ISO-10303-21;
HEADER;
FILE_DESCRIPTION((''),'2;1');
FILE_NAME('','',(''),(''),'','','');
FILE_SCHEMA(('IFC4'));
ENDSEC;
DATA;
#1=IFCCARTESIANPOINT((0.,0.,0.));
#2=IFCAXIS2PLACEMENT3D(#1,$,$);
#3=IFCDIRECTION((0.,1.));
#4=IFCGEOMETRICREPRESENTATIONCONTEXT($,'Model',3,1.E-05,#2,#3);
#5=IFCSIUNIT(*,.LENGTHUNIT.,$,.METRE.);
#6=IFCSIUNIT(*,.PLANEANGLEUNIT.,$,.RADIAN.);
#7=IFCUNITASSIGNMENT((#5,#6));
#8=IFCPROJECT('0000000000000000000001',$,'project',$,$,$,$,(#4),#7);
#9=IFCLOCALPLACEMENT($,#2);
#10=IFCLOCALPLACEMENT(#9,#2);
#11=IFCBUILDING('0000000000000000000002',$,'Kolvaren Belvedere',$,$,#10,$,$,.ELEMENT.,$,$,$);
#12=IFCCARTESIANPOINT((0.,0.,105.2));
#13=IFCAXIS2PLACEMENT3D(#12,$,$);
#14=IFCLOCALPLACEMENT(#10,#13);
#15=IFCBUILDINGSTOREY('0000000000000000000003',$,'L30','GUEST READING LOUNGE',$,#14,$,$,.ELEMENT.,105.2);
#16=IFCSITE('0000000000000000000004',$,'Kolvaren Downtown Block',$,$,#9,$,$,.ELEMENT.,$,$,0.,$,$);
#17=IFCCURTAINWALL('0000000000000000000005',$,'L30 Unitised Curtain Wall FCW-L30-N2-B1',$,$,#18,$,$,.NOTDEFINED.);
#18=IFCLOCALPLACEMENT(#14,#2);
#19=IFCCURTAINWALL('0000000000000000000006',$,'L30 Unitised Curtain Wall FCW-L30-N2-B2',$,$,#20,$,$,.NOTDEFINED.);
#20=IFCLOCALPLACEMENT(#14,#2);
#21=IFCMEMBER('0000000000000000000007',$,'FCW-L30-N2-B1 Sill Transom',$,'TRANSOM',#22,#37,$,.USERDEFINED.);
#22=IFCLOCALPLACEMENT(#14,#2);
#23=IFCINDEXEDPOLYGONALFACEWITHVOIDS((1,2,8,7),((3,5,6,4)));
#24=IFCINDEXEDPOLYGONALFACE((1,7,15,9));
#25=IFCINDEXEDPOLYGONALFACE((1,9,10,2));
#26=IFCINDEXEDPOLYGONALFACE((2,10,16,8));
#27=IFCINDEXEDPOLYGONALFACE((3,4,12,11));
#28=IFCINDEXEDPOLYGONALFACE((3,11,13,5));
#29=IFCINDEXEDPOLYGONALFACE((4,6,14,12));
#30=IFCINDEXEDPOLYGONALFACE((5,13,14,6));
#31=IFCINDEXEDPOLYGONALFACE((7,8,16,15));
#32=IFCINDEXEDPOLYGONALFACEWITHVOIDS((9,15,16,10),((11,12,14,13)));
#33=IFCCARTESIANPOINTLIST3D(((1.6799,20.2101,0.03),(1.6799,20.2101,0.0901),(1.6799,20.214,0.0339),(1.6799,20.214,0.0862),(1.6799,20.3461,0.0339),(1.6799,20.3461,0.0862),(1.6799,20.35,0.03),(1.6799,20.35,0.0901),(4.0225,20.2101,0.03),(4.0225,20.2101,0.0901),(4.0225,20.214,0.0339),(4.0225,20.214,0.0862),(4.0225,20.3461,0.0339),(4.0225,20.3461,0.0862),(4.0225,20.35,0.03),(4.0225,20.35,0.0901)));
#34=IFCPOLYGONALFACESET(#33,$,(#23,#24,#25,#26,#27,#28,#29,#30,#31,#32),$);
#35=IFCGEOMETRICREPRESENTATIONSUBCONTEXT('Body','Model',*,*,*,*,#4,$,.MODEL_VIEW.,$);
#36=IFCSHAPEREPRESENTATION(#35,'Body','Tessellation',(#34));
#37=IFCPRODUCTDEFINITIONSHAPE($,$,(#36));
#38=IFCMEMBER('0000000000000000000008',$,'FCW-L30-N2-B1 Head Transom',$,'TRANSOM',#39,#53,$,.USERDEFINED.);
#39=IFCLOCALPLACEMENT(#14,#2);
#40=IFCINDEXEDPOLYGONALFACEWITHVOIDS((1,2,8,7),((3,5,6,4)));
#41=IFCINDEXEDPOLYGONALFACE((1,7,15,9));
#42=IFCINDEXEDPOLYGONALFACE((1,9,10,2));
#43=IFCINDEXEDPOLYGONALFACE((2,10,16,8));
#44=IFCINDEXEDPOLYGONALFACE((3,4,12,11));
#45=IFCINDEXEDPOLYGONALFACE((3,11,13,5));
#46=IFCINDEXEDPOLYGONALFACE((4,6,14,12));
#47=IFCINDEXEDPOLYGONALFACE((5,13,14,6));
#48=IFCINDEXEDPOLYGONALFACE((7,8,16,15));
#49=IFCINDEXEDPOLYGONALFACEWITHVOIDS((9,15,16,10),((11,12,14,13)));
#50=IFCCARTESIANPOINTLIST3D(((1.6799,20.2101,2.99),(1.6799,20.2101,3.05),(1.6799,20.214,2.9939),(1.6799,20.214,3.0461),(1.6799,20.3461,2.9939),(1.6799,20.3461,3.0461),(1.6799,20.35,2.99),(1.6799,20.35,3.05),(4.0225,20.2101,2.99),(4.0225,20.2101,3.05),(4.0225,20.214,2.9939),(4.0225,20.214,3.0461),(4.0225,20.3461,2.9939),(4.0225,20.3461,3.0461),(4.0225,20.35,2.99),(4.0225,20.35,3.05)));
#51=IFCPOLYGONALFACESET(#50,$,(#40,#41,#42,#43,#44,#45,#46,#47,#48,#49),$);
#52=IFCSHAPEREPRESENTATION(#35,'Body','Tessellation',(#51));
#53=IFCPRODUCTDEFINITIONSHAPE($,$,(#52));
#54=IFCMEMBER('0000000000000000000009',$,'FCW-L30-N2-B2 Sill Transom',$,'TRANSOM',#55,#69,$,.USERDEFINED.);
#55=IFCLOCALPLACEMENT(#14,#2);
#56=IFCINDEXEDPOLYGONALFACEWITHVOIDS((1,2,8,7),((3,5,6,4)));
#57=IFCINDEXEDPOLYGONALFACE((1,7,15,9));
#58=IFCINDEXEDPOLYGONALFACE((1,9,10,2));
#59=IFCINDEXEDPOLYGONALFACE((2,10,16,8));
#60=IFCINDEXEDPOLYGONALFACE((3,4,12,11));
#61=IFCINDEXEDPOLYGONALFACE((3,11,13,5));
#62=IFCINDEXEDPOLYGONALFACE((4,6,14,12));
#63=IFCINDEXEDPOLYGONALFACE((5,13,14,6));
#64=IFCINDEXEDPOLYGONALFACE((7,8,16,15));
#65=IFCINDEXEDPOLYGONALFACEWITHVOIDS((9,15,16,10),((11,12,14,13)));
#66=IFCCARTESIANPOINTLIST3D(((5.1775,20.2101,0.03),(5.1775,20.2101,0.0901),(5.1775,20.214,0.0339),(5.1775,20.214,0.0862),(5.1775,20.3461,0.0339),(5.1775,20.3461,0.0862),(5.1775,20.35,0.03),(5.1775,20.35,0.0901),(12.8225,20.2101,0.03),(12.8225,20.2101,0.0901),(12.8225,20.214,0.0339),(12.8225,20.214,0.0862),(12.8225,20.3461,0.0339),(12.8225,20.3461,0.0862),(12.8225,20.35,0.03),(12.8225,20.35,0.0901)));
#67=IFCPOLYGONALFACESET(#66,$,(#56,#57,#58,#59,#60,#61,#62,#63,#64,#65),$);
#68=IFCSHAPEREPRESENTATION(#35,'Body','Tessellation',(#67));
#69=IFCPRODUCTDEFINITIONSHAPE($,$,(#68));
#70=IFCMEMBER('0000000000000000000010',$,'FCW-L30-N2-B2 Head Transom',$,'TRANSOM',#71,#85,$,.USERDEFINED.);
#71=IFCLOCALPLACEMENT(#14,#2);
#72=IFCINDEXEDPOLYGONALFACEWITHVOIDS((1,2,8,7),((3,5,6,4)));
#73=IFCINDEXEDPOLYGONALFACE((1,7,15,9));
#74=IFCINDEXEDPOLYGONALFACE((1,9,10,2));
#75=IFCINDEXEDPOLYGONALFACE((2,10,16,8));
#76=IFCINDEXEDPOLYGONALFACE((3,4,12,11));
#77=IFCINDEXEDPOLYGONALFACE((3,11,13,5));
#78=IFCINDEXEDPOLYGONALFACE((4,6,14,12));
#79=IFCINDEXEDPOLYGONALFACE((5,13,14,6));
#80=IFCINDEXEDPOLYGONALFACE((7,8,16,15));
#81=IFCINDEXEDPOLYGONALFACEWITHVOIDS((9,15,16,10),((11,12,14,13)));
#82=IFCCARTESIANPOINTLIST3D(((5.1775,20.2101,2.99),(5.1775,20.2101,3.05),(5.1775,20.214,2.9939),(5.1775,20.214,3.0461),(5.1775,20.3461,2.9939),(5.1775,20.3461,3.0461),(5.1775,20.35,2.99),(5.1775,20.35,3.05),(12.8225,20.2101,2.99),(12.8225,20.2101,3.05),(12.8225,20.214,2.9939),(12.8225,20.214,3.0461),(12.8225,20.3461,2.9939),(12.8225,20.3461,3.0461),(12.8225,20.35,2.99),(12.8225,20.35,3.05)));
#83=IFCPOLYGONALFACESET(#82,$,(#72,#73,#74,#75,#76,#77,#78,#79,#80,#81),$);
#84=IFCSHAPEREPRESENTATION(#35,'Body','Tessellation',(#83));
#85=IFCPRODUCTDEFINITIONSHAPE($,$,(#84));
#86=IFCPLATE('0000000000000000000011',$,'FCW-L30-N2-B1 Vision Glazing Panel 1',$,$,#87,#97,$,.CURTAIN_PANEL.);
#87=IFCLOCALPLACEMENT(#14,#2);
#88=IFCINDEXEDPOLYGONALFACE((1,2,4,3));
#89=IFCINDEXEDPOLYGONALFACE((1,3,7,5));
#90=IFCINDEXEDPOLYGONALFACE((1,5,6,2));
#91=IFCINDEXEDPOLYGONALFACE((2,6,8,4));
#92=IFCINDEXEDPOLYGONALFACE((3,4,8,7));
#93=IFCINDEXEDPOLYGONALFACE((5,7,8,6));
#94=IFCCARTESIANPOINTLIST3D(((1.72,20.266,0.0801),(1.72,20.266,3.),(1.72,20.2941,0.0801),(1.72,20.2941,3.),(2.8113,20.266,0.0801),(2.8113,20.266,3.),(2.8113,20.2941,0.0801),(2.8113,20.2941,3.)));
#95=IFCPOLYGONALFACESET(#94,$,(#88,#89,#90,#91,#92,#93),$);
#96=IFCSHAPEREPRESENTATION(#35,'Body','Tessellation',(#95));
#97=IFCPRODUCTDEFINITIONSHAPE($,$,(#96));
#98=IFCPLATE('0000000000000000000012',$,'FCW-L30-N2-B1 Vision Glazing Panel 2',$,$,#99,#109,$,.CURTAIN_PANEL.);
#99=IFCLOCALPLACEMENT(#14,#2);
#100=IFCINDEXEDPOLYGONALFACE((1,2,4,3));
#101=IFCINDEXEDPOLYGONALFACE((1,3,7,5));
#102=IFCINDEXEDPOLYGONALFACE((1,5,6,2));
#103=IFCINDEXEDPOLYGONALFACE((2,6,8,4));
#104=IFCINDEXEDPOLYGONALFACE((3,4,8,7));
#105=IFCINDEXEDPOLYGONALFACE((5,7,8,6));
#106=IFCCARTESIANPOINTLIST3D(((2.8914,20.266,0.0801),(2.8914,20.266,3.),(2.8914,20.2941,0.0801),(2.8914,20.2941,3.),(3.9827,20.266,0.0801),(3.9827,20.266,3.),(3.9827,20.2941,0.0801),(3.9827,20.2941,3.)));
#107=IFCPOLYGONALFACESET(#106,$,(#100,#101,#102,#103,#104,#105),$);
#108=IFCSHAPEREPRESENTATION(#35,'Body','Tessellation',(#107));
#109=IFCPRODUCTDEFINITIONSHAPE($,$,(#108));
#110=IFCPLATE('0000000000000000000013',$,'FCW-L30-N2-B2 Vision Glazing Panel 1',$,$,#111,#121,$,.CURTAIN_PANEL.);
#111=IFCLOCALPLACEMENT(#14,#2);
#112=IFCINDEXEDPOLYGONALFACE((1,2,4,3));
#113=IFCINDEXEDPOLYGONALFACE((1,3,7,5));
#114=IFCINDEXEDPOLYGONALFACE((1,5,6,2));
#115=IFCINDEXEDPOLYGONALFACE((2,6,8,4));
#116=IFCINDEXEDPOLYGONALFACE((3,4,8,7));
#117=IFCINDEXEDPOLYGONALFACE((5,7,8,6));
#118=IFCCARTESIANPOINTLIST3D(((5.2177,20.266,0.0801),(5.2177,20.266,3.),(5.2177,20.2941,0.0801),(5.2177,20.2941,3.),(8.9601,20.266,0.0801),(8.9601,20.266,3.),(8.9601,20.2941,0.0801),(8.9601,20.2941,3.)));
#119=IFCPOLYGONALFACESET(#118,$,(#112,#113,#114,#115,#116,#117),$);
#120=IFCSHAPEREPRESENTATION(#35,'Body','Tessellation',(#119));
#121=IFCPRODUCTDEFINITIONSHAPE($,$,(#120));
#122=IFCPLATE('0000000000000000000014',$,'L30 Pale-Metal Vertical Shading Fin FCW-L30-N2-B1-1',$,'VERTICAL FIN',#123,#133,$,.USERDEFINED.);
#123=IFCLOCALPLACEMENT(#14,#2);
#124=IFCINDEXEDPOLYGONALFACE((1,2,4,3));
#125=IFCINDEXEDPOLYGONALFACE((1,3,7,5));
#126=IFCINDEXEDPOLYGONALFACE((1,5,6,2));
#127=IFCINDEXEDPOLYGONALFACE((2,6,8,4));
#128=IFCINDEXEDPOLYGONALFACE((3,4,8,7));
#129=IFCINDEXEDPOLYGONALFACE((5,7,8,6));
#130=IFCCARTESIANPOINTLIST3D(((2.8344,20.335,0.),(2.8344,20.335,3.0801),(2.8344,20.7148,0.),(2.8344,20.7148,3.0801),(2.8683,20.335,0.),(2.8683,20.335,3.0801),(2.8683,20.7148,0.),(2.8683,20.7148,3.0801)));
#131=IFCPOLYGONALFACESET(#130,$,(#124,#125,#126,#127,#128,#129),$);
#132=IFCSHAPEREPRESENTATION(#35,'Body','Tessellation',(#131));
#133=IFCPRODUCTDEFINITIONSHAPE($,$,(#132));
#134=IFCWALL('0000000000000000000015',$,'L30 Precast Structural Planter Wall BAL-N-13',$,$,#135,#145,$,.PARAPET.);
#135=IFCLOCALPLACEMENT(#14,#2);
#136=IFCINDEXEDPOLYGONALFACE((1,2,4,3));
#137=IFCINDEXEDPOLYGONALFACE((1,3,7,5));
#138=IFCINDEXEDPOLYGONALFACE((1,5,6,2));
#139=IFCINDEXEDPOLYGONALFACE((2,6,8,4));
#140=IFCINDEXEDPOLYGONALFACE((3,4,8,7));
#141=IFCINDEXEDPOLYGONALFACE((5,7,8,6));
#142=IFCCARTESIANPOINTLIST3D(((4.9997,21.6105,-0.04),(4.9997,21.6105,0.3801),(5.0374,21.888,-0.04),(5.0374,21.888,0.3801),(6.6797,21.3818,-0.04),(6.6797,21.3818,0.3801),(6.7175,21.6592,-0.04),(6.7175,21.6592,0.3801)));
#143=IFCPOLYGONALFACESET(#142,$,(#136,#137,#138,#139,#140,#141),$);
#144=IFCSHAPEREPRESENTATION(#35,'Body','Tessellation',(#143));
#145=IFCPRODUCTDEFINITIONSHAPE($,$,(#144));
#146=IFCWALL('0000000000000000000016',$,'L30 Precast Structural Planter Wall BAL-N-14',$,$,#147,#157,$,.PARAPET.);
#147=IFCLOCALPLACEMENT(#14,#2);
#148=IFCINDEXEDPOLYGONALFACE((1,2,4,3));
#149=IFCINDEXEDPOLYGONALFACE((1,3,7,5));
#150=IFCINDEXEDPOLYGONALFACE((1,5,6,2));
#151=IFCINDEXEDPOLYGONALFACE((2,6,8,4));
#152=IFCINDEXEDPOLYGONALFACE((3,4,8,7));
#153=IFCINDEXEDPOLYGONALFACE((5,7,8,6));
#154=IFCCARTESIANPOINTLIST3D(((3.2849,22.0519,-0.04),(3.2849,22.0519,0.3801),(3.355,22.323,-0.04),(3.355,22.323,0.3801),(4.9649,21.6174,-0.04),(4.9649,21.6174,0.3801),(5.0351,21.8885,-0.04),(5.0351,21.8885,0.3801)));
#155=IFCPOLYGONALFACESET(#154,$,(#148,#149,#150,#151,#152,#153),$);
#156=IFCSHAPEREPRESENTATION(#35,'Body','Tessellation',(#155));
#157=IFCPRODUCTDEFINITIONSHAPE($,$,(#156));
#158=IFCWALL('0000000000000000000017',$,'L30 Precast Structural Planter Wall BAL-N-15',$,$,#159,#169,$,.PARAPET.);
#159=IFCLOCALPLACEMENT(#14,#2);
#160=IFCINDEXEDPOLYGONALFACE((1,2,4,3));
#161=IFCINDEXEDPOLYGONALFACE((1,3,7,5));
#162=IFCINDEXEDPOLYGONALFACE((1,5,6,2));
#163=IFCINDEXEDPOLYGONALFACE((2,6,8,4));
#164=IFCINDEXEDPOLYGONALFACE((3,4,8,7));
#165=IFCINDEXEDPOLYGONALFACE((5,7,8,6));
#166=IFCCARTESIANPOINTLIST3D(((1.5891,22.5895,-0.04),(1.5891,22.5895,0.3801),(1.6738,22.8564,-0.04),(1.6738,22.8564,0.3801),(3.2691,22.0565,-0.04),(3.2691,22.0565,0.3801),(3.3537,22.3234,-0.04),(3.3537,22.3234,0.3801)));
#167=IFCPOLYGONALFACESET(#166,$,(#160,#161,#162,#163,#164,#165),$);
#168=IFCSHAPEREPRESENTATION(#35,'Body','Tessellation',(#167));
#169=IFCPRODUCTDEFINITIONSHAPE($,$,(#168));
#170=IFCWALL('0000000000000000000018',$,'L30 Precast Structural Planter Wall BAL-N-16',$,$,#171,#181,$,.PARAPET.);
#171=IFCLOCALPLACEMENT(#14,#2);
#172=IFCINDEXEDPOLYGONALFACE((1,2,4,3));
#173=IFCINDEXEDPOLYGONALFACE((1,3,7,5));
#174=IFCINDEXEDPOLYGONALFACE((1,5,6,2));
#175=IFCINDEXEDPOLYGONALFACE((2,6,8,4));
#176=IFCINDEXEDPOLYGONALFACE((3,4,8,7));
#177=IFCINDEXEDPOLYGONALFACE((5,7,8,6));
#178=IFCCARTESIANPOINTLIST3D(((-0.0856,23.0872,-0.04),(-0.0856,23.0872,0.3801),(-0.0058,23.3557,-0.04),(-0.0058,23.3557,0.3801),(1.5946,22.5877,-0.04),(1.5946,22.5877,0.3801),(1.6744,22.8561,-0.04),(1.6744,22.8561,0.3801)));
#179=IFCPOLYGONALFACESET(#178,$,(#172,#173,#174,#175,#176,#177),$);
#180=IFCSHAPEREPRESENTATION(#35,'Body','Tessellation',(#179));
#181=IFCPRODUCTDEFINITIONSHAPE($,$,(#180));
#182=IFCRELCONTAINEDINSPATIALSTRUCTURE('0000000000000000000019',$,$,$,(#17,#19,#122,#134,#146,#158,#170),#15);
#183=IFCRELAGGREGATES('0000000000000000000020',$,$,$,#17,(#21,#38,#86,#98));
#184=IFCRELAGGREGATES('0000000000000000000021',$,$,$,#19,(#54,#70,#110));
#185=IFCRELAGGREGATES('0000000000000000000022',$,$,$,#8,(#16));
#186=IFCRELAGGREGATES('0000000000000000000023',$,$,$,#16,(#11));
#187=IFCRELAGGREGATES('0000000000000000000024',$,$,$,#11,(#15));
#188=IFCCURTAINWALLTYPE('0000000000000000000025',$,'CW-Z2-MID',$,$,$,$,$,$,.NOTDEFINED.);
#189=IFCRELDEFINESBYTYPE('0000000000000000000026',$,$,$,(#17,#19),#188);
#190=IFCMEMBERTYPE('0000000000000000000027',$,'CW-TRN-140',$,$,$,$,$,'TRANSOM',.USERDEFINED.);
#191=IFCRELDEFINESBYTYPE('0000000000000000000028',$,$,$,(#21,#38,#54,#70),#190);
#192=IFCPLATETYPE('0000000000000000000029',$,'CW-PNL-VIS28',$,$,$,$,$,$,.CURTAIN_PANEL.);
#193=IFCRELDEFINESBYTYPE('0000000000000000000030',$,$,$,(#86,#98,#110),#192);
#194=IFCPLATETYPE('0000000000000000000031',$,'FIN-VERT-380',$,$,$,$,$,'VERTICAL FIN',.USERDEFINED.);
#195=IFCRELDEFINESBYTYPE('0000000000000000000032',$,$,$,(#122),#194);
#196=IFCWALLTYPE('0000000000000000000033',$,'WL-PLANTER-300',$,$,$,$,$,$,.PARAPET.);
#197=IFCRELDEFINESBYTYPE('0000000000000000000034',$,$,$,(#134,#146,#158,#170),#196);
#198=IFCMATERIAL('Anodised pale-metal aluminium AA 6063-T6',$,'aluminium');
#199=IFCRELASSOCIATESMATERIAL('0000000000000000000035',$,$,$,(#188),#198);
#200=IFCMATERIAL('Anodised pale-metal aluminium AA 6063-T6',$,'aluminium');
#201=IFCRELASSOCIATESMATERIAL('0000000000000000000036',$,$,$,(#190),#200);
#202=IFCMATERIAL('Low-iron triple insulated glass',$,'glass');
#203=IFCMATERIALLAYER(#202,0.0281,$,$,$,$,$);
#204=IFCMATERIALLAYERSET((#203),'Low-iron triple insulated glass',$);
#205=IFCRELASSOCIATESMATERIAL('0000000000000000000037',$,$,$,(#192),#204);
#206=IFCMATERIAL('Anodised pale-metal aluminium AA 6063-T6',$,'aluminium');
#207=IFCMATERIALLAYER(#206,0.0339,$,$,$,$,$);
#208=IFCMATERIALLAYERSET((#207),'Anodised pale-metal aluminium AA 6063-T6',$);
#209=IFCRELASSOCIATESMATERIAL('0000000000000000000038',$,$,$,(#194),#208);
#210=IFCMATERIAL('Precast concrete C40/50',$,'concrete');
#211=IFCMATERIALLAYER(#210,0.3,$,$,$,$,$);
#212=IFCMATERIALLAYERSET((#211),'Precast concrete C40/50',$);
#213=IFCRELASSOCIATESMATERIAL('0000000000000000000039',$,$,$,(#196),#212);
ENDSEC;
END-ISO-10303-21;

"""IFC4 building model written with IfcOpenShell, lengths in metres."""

from ifc_helpers import new_model, si_unit, direction, frame, frame_2d, origin, origin_2d, place, context, subcontext, project, spatial, rectangle, hollow_rectangle, extrude, material, layer, layer_set, material_profile, profile_set, type_object, element, aggregate, save


model = new_model("IFC4")

# Units and contexts
model_context = context("Model", 3, precision=1e-05, world=origin(), true_north=direction((0.0, 1.0)))
body_context = subcontext(model_context, "Body", "Model", "MODEL_VIEW")
ifc_project = project(units=[si_unit("LENGTHUNIT", "METRE"), si_unit("PLANEANGLEUNIT", "RADIAN")], contexts=[model_context])

# Site, building, storey
site_placement = place(None, origin())
site = spatial("IfcSite", under=ifc_project, at=site_placement, Name="Kolvaren Downtown Block", CompositionType="ELEMENT", RefElevation=0.0)
building_placement = place(site_placement, origin())
building = spatial("IfcBuilding", under=site, at=building_placement, Name="Kolvaren Belvedere", CompositionType="ELEMENT")
storey_placement = place(building_placement, frame((0.0, 0.0, 105.2)))
storey = spatial("IfcBuildingStorey", under=building, at=storey_placement, Name="L30", Description="GUEST READING LOUNGE", CompositionType="ELEMENT", Elevation=105.2)

# Curtain wall
ifc_material_1 = material(Name="Anodised pale-metal aluminium AA 6063-T6", Category="aluminium")
curtain_wall_type = type_object("IfcCurtainWallType", Name="CW-Z2-MID", PredefinedType="NOTDEFINED", material=ifc_material_1)
curtain_wall_1_placement = place(storey_placement, origin())
curtain_wall_1 = element("IfcCurtainWall", 1, at=curtain_wall_1_placement, inside=storey, type_object=curtain_wall_type, Name="L30 Unitised Curtain Wall FCW-L30-N2-B1", PredefinedType="NOTDEFINED")

# Curtain wall
curtain_wall_2_placement = place(storey_placement, origin())
curtain_wall_2 = element("IfcCurtainWall", 2, at=curtain_wall_2_placement, inside=storey, type_object=curtain_wall_type, Name="L30 Unitised Curtain Wall FCW-L30-N2-B2", PredefinedType="NOTDEFINED")

# Members
ifc_material_2 = material(Name="Anodised pale-metal aluminium AA 6063-T6", Category="aluminium")
ifc_material_profile_1 = material_profile(ifc_material_2, hollow_rectangle(XDim=0.0601, YDim=0.1399, WallThickness=0.0039, at=origin_2d()), Name="ALU-TRN-140X60")
ifc_profile_set_1 = profile_set([ifc_material_profile_1], Name="Anodised pale-metal aluminium AA 6063-T6")
member_type_1 = type_object("IfcMemberType", Name="CW-TRN-140", ElementType="TRANSOM", PredefinedType="USERDEFINED", material=ifc_profile_set_1)
member_1_placement = place(storey_placement, frame((1.6799, 20.28, 0.0601), z_axis=(1.0, 0.0, 0.0), x_axis=(0.0, 0.0, 1.0)))
member_1 = element("IfcMember", 3, at=member_1_placement, type_object=member_type_1, Name="FCW-L30-N2-B1 Sill Transom", ObjectType="TRANSOM", PredefinedType="USERDEFINED", context=body_context, shape_type="SweptSolid", body=[
    extrude(hollow_rectangle(XDim=0.0601, YDim=0.1399, WallThickness=0.0039, at=origin_2d()), origin(), (0.0, 0.0, 1.0), 2.3425),
])
member_2_placement = place(storey_placement, frame((1.6799, 20.28, 3.02), z_axis=(1.0, 0.0, 0.0), x_axis=(0.0, 0.0, 1.0)))
member_2 = element("IfcMember", 4, at=member_2_placement, type_object=member_type_1, Name="FCW-L30-N2-B1 Head Transom", ObjectType="TRANSOM", PredefinedType="USERDEFINED", context=body_context, shape_type="SweptSolid", body=[
    extrude(hollow_rectangle(XDim=0.0601, YDim=0.1399, WallThickness=0.0039, at=origin_2d()), origin(), (0.0, 0.0, 1.0), 2.3425),
])
member_3_placement = place(storey_placement, frame((5.1775, 20.28, 0.0601), z_axis=(1.0, 0.0, 0.0), x_axis=(0.0, 0.0, 1.0)))
member_3 = element("IfcMember", 5, at=member_3_placement, type_object=member_type_1, Name="FCW-L30-N2-B2 Sill Transom", ObjectType="TRANSOM", PredefinedType="USERDEFINED", context=body_context, shape_type="SweptSolid", body=[
    extrude(hollow_rectangle(XDim=0.0601, YDim=0.1399, WallThickness=0.0039, at=origin_2d()), origin(), (0.0, 0.0, 1.0), 7.645),
])
member_4_placement = place(storey_placement, frame((5.1775, 20.28, 3.02), z_axis=(1.0, 0.0, 0.0), x_axis=(0.0, 0.0, 1.0)))
member_4 = element("IfcMember", 6, at=member_4_placement, type_object=member_type_1, Name="FCW-L30-N2-B2 Head Transom", ObjectType="TRANSOM", PredefinedType="USERDEFINED", context=body_context, shape_type="SweptSolid", body=[
    extrude(hollow_rectangle(XDim=0.0601, YDim=0.1399, WallThickness=0.0039, at=origin_2d()), origin(), (0.0, 0.0, 1.0), 7.645),
])

# Plates
ifc_material_3 = material(Name="Low-iron triple insulated glass", Category="glass")
ifc_layer_1 = layer(ifc_material_3, 0.0281)
ifc_layer_set_1 = layer_set([ifc_layer_1], Name="Low-iron triple insulated glass")
plate_type_1 = type_object("IfcPlateType", Name="CW-PNL-VIS28", PredefinedType="CURTAIN_PANEL", material=ifc_layer_set_1)
plate_1_placement = place(storey_placement, frame((2.2656, 20.28, 0.0801), z_axis=(0.0, 0.0, 1.0), x_axis=(1.0, 0.0, 0.0)))
plate_1 = element("IfcPlate", 7, at=plate_1_placement, type_object=plate_type_1, Name="FCW-L30-N2-B1 Vision Glazing Panel 1", PredefinedType="CURTAIN_PANEL", context=body_context, shape_type="SweptSolid", body=[
    extrude(rectangle(XDim=1.0913, YDim=0.0281, at=origin_2d()), origin(), (0.0, 0.0, 1.0), 2.9199),
])
plate_2_placement = place(storey_placement, frame((3.437, 20.28, 0.0801), z_axis=(0.0, 0.0, 1.0), x_axis=(1.0, 0.0, 0.0)))
plate_2 = element("IfcPlate", 8, at=plate_2_placement, type_object=plate_type_1, Name="FCW-L30-N2-B1 Vision Glazing Panel 2", PredefinedType="CURTAIN_PANEL", context=body_context, shape_type="SweptSolid", body=[
    extrude(rectangle(XDim=1.0913, YDim=0.0281, at=origin_2d()), origin(), (0.0, 0.0, 1.0), 2.9199),
])
aggregate(curtain_wall_1, [member_1, member_2, plate_1, plate_2])
plate_3_placement = place(storey_placement, frame((7.0889, 20.28, 0.0801), z_axis=(0.0, 0.0, 1.0), x_axis=(1.0, 0.0, 0.0)))
plate_3 = element("IfcPlate", 9, at=plate_3_placement, type_object=plate_type_1, Name="FCW-L30-N2-B2 Vision Glazing Panel 1", PredefinedType="CURTAIN_PANEL", context=body_context, shape_type="SweptSolid", body=[
    extrude(rectangle(XDim=3.7424, YDim=0.0281, at=origin_2d()), origin(), (0.0, 0.0, 1.0), 2.9199),
])
aggregate(curtain_wall_2, [member_3, member_4, plate_3])
ifc_material_4 = material(Name="Anodised pale-metal aluminium AA 6063-T6", Category="aluminium")
ifc_layer_2 = layer(ifc_material_4, 0.0339)
ifc_layer_set_2 = layer_set([ifc_layer_2], Name="Anodised pale-metal aluminium AA 6063-T6")
plate_type_2 = type_object("IfcPlateType", Name="FIN-VERT-380", ElementType="VERTICAL FIN", PredefinedType="USERDEFINED", material=ifc_layer_set_2)
plate_4_placement = place(storey_placement, frame((2.8513, 20.5249, 0.0), z_axis=(0.0, 0.0, 1.0), x_axis=(0.0, 1.0, 0.0)))
element("IfcPlate", 10, at=plate_4_placement, inside=storey, type_object=plate_type_2, Name="L30 Pale-Metal Vertical Shading Fin FCW-L30-N2-B1-1", ObjectType="VERTICAL FIN", PredefinedType="USERDEFINED", context=body_context, shape_type="SweptSolid", body=[
    extrude(rectangle(XDim=0.3799, YDim=0.0339, at=origin_2d()), origin(), (0.0, 0.0, 1.0), 3.0801),
])

# Walls
ifc_material_5 = material(Name="Precast concrete C40/50", Category="concrete")
ifc_layer_3 = layer(ifc_material_5, 0.3)
ifc_layer_set_3 = layer_set([ifc_layer_3], Name="Precast concrete C40/50")
wall_type = type_object("IfcWallType", Name="WL-PLANTER-300", PredefinedType="PARAPET", material=ifc_layer_set_3)
wall_1_placement = place(storey_placement, frame((6.6985, 21.5205, -0.04), z_axis=(0.0, 0.0, 1.0), x_axis=(-0.990858, 0.134908, 0.0)))
element("IfcWall", 11, at=wall_1_placement, inside=storey, type_object=wall_type, Name="L30 Precast Structural Planter Wall BAL-N-13", PredefinedType="PARAPET", context=body_context, shape_type="SweptSolid", body=[
    extrude(rectangle(XDim=1.6956, YDim=0.28, at=frame_2d((0.8477, 0.0))), origin(), (0.0, 0.0, 1.0), 0.4202),
])
wall_2_placement = place(storey_placement, frame((5.0, 21.7529, -0.04), z_axis=(0.0, 0.0, 1.0), x_axis=(-0.968141, 0.250406, 0.0)))
element("IfcWall", 12, at=wall_2_placement, inside=storey, type_object=wall_type, Name="L30 Precast Structural Planter Wall BAL-N-14", PredefinedType="PARAPET", context=body_context, shape_type="SweptSolid", body=[
    extrude(rectangle(XDim=1.7354, YDim=0.28, at=frame_2d((0.8677, 0.0))), origin(), (0.0, 0.0, 1.0), 0.4202),
])
wall_3_placement = place(storey_placement, frame((3.3115, 22.1899, -0.04), z_axis=(0.0, 0.0, 1.0), x_axis=(-0.953182, 0.302397, 0.0)))
element("IfcWall", 13, at=wall_3_placement, inside=storey, type_object=wall_type, Name="L30 Precast Structural Planter Wall BAL-N-15", PredefinedType="PARAPET", context=body_context, shape_type="SweptSolid", body=[
    extrude(rectangle(XDim=1.7625, YDim=0.28, at=frame_2d((0.8813, 0.0))), origin(), (0.0, 0.0, 1.0), 0.4202),
])
wall_4_placement = place(storey_placement, frame((1.6345, 22.7219, -0.04), z_axis=(0.0, 0.0, 1.0), x_axis=(-0.958536, 0.28497, 0.0)))
element("IfcWall", 14, at=wall_4_placement, inside=storey, type_object=wall_type, Name="L30 Precast Structural Planter Wall BAL-N-16", PredefinedType="PARAPET", context=body_context, shape_type="SweptSolid", body=[
    extrude(rectangle(XDim=1.7529, YDim=0.28, at=frame_2d((0.8765, 0.0))), origin(), (0.0, 0.0, 1.0), 0.4202),
])

save(model, "model.ifc")
